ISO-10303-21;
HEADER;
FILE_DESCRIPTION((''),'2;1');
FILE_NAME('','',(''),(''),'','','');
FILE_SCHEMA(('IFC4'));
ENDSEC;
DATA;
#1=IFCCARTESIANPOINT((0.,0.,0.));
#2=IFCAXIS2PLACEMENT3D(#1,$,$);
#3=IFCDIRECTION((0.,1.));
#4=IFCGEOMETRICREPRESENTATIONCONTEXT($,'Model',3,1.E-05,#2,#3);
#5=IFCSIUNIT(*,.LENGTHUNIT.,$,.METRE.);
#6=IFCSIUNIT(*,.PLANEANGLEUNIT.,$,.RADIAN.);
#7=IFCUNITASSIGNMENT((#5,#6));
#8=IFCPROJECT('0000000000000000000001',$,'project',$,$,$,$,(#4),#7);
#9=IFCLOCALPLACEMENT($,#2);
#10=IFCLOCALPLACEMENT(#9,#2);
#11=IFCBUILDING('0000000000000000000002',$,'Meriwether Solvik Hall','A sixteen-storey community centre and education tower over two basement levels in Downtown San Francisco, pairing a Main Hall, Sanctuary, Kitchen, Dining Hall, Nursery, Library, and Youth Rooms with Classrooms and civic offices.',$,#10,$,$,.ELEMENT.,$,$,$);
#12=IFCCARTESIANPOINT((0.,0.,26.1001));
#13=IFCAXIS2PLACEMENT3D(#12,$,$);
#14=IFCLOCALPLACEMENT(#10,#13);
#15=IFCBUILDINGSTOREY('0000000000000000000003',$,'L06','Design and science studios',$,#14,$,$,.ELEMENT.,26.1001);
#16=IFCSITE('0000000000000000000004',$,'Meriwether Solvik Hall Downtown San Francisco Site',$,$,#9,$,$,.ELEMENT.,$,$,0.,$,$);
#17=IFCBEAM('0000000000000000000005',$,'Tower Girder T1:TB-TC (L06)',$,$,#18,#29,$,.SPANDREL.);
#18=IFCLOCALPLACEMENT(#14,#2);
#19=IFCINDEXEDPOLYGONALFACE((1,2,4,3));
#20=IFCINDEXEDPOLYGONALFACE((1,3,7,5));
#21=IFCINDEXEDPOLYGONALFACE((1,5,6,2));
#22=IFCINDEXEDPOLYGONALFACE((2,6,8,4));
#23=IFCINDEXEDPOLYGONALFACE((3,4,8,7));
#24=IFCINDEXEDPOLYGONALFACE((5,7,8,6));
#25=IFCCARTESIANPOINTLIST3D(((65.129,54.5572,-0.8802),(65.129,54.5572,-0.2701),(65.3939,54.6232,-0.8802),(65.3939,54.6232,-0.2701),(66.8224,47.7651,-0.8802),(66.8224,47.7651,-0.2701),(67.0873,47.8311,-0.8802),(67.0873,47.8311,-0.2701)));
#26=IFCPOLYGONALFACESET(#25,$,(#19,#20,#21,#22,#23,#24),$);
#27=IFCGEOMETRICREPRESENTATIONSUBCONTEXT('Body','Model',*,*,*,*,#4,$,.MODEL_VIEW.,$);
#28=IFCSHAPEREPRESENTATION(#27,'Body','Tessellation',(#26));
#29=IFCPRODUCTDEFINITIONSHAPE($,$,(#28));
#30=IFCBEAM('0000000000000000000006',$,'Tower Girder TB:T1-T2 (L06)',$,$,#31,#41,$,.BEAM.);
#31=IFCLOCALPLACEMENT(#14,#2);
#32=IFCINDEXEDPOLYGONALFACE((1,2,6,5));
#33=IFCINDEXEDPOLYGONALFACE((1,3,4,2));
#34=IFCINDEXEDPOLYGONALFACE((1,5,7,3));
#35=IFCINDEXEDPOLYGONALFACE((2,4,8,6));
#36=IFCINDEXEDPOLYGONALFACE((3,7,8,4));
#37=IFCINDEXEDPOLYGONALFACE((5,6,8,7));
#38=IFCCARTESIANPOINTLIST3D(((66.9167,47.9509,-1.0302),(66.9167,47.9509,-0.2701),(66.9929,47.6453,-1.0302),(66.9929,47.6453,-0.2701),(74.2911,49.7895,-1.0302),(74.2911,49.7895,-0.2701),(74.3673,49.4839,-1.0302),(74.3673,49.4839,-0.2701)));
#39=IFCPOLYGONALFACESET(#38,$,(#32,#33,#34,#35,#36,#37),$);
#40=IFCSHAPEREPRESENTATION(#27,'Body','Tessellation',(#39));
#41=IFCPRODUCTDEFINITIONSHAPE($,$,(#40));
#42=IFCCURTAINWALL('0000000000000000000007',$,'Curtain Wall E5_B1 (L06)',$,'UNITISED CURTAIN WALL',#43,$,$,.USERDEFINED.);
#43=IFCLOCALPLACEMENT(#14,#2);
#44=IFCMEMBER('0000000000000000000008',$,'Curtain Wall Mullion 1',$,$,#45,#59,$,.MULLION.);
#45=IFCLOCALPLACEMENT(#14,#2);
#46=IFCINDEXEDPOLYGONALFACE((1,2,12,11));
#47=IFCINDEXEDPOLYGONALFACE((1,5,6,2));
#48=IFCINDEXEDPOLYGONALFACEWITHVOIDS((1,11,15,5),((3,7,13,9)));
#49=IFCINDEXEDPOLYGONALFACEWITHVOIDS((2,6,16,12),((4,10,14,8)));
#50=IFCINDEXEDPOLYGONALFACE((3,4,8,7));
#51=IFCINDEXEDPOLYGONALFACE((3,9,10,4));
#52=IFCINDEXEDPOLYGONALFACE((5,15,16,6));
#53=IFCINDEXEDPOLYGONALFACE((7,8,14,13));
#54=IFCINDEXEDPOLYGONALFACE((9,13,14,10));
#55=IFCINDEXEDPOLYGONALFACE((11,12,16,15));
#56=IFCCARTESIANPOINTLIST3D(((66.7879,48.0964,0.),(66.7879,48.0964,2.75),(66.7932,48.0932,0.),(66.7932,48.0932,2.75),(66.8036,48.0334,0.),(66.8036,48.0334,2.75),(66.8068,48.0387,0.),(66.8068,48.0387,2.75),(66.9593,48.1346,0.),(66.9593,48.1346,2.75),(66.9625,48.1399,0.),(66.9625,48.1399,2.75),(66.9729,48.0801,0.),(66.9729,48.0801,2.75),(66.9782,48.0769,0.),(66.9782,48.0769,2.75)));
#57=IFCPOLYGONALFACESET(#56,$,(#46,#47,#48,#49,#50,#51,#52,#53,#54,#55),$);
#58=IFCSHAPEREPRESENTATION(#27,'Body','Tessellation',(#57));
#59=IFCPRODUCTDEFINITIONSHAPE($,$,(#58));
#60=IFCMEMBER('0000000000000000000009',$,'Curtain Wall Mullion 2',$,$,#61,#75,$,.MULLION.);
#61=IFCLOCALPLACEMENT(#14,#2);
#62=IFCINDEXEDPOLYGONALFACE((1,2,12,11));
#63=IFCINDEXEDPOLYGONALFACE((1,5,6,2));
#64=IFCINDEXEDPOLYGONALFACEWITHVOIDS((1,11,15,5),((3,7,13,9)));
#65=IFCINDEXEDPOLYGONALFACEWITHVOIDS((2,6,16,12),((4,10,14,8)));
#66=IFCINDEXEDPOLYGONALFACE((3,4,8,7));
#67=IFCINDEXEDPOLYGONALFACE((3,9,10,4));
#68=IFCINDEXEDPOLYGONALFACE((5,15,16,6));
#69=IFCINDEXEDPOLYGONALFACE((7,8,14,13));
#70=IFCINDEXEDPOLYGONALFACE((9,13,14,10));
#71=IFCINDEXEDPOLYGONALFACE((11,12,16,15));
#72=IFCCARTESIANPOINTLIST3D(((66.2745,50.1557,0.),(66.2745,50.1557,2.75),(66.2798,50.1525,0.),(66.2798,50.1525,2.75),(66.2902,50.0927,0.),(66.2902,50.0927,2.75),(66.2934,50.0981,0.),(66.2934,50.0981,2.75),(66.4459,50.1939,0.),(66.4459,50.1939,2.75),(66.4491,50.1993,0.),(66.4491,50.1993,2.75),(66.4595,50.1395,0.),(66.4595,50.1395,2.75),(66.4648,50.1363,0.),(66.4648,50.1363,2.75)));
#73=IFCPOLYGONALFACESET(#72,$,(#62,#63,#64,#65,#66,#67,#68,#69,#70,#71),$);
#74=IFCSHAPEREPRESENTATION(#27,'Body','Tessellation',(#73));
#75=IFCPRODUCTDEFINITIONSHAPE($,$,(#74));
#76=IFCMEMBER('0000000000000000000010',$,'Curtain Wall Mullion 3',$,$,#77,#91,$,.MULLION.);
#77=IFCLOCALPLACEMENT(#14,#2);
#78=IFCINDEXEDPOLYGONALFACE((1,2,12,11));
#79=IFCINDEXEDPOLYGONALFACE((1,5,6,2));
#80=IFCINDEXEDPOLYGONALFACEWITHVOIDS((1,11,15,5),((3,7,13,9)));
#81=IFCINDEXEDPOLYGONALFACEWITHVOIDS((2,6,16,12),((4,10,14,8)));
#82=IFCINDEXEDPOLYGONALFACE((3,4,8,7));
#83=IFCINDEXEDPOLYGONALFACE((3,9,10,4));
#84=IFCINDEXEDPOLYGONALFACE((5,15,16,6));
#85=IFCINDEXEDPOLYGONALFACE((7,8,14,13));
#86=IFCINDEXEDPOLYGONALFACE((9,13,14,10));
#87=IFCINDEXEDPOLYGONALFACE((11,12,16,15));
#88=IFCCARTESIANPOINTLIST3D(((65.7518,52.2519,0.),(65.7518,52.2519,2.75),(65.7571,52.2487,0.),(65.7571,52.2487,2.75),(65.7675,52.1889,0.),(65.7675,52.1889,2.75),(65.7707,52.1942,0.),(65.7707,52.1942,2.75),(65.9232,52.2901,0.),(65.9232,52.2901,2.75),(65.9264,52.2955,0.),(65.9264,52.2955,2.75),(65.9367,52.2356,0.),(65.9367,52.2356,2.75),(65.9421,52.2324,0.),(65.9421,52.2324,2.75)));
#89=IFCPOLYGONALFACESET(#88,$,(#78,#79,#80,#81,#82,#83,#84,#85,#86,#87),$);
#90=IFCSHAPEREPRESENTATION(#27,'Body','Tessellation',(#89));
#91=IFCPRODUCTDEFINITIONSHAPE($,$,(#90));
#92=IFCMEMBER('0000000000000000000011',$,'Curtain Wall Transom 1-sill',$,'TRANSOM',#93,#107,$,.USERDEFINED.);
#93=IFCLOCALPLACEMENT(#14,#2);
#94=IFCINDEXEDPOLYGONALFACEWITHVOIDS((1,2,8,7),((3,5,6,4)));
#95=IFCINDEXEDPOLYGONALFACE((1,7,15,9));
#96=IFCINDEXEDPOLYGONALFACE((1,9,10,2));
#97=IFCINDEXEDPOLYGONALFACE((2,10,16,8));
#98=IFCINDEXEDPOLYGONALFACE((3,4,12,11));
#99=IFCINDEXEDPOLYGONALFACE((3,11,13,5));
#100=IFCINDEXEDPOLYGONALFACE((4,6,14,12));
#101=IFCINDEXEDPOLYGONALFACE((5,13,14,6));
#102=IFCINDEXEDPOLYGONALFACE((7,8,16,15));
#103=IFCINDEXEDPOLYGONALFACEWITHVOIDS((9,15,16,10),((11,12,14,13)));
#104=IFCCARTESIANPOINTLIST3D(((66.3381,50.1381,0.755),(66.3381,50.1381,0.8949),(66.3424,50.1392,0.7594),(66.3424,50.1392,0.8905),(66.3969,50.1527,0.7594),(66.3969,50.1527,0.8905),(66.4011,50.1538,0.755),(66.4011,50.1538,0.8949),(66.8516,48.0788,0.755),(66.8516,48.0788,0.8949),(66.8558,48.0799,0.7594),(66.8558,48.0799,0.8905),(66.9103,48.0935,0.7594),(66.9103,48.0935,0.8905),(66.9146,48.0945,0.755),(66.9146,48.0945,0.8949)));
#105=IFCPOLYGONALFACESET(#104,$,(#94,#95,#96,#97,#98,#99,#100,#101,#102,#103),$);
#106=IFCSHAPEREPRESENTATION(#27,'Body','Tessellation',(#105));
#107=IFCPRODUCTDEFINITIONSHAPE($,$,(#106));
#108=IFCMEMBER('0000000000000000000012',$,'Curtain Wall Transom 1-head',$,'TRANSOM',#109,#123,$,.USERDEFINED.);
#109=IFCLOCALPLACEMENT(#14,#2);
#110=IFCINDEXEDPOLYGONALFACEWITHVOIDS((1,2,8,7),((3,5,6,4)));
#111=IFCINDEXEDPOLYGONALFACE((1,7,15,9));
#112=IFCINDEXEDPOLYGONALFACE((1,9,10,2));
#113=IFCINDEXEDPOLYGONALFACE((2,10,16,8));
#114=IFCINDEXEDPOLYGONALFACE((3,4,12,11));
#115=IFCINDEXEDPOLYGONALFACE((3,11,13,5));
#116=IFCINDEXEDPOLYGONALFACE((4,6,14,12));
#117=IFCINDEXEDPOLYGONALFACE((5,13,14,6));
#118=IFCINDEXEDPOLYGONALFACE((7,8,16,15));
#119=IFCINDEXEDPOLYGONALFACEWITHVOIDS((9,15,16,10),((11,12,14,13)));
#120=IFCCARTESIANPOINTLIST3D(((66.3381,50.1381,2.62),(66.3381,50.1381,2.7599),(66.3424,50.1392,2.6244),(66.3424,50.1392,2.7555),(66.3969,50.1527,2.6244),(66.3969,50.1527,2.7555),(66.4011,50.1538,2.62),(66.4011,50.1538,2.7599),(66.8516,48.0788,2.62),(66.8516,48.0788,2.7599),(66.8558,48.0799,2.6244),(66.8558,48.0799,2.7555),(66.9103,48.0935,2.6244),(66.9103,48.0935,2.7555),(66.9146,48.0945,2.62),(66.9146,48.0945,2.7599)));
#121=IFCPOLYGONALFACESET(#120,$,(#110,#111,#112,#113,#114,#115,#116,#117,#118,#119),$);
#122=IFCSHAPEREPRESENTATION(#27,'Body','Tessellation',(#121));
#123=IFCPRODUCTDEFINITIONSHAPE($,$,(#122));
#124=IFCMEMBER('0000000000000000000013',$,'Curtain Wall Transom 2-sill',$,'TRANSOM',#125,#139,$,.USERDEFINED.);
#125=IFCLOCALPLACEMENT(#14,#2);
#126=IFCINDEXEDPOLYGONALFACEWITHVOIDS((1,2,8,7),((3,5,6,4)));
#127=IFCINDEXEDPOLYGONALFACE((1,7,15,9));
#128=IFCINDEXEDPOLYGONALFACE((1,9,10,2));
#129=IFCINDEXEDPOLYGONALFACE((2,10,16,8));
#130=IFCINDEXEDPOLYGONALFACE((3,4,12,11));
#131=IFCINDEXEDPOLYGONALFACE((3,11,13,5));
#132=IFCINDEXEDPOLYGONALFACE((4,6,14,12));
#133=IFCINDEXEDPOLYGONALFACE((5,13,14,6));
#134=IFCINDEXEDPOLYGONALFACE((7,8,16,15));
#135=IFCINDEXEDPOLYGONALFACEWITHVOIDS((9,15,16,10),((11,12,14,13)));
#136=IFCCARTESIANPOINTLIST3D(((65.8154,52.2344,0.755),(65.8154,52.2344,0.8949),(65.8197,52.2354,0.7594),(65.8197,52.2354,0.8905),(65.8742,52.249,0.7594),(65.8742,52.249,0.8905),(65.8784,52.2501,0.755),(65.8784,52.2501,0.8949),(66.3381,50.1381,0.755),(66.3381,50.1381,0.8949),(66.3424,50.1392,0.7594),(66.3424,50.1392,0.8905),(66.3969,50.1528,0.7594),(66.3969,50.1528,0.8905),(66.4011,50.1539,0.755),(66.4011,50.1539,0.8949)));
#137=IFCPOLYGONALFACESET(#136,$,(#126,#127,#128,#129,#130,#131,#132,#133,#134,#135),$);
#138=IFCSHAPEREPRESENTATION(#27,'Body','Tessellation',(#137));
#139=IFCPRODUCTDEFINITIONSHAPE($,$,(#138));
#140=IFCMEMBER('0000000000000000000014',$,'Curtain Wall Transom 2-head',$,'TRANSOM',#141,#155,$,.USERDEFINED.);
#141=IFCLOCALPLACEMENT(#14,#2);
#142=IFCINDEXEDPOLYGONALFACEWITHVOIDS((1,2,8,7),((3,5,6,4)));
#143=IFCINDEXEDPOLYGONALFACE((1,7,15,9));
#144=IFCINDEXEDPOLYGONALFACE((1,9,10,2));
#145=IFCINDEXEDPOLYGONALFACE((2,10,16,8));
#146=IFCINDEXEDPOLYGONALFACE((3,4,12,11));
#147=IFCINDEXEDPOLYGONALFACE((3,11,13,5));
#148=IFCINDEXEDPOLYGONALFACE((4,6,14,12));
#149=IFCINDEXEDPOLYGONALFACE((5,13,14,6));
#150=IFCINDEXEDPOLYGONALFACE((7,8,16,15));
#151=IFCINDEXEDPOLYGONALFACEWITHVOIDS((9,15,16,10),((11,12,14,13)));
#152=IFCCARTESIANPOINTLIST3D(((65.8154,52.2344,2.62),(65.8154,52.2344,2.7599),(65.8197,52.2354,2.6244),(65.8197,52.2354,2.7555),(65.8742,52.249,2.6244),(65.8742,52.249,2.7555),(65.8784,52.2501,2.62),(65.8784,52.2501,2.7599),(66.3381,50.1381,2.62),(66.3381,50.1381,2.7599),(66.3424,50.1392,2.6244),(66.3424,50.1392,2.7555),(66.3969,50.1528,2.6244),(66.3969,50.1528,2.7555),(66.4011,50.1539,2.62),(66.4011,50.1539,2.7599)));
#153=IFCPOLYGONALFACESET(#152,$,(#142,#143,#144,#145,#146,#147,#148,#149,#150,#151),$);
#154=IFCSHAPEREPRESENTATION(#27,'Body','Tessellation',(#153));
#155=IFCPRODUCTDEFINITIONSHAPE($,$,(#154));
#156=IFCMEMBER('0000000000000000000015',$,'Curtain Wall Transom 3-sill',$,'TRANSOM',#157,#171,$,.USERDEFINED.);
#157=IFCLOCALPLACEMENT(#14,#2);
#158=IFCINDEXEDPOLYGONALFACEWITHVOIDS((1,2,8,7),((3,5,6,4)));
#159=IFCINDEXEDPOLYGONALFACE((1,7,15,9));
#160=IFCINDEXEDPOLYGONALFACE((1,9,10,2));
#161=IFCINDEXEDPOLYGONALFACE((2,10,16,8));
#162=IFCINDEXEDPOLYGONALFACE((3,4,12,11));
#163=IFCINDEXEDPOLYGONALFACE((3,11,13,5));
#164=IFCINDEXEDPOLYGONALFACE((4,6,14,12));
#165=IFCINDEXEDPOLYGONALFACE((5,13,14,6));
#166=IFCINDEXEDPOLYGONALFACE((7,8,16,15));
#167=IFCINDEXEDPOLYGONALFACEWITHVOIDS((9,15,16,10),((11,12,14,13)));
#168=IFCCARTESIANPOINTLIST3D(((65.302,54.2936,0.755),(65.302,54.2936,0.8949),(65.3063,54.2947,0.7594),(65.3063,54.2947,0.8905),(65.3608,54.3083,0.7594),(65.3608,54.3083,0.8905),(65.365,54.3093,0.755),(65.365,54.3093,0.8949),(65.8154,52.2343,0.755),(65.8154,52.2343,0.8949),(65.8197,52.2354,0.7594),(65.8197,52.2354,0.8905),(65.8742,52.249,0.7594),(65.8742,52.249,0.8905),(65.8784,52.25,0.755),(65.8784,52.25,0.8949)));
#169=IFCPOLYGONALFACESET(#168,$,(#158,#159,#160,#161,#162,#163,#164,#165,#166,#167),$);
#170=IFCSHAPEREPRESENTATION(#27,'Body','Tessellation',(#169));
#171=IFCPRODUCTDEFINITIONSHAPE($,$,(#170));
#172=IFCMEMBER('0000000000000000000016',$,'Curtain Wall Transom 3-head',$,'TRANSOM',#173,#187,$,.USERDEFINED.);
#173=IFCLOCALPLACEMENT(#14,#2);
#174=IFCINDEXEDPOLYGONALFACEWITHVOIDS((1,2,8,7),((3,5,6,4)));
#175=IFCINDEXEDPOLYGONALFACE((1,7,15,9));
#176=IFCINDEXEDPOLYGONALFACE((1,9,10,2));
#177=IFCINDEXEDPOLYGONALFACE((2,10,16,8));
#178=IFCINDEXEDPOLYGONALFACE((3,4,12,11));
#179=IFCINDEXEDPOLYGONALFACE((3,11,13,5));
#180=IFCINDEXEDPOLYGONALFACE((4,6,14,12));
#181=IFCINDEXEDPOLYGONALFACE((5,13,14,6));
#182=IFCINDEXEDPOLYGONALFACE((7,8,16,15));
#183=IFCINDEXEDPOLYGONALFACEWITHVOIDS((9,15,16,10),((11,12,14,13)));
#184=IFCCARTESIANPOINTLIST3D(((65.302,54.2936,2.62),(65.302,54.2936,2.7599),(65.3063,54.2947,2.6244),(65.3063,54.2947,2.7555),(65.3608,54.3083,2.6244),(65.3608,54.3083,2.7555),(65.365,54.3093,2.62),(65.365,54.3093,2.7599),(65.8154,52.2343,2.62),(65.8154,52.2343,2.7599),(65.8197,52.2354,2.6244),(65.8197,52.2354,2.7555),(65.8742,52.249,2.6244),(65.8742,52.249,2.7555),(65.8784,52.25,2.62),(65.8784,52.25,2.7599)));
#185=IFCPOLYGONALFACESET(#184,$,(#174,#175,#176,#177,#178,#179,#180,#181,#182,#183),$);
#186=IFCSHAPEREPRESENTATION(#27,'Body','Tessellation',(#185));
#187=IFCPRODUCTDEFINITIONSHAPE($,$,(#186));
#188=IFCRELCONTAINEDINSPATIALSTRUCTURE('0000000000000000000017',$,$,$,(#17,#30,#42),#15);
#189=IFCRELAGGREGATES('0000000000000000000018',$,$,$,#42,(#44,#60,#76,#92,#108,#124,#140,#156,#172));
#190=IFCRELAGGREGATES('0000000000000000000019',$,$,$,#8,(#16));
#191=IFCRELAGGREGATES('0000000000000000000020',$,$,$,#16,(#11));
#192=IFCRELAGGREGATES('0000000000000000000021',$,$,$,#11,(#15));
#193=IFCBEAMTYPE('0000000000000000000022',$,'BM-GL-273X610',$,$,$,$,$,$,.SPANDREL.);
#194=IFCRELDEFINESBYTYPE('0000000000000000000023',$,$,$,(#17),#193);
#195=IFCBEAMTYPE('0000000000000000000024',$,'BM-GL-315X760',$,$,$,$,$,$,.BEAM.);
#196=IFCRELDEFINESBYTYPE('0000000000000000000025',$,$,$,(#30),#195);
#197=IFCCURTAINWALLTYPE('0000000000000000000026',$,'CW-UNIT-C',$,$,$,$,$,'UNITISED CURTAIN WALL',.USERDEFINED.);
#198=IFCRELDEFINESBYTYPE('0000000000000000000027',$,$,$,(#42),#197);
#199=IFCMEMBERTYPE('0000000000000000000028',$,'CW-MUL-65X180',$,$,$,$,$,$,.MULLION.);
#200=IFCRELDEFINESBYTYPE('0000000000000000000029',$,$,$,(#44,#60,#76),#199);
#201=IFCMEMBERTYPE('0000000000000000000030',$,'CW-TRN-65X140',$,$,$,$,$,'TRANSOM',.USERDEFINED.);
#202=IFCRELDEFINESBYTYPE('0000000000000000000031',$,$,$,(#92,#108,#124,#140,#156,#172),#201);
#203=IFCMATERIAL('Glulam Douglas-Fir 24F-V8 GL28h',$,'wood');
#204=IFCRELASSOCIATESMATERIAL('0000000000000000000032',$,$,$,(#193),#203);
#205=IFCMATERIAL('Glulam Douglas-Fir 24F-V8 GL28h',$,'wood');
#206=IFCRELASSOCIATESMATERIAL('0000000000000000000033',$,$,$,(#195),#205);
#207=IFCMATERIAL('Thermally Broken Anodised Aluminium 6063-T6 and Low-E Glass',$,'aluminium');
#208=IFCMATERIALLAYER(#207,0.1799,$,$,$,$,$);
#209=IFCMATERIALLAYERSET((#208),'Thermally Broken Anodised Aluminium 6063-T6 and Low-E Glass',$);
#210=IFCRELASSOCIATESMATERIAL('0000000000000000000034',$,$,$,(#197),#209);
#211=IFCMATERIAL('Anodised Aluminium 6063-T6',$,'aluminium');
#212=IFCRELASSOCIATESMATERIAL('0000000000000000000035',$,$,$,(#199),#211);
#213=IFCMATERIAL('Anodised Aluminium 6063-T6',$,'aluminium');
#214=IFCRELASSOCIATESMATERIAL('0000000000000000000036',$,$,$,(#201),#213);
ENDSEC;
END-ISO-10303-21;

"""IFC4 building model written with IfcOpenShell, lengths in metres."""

from ifc_helpers import new_model, si_unit, direction, frame, origin, origin_2d, place, context, subcontext, project, spatial, rectangle, hollow_rectangle, extrude, material, layer, layer_set, material_profile, profile_set, type_object, element, aggregate, save


model = new_model("IFC4")

# Units and contexts
model_context = context("Model", 3, precision=1e-05, world=origin(), true_north=direction((0.0, 1.0)))
body_context = subcontext(model_context, "Body", "Model", "MODEL_VIEW")
ifc_project = project(units=[si_unit("LENGTHUNIT", "METRE"), si_unit("PLANEANGLEUNIT", "RADIAN")], contexts=[model_context])

# Site, building, storey
site_placement = place(None, origin())
site = spatial("IfcSite", under=ifc_project, at=site_placement, Name="Meriwether Solvik Hall Downtown San Francisco Site", CompositionType="ELEMENT", RefElevation=0.0)
building_placement = place(site_placement, origin())
building = spatial("IfcBuilding", under=site, at=building_placement, Name="Meriwether Solvik Hall", Description="A sixteen-storey community centre and education tower over two basement levels in Downtown San Francisco, pairing a Main Hall, Sanctuary, Kitchen, Dining Hall, Nursery, Library, and Youth Rooms with Classrooms and civic offices.", CompositionType="ELEMENT")
storey_placement = place(building_placement, frame((0.0, 0.0, 26.1001)))
storey = spatial("IfcBuildingStorey", under=building, at=storey_placement, Name="L06", Description="Design and science studios", CompositionType="ELEMENT", Elevation=26.1001)

# Beams
ifc_material_1 = material(Name="Glulam Douglas-Fir 24F-V8 GL28h", Category="wood")
ifc_material_profile_1 = material_profile(ifc_material_1, rectangle(XDim=0.2729, YDim=0.6101, at=origin_2d()), Name="GLB-273X610")
ifc_profile_set_1 = profile_set([ifc_material_profile_1], Name="Glulam Douglas-Fir 24F-V8 GL28h")
beam_type_1 = type_object("IfcBeamType", Name="BM-GL-273X610", PredefinedType="SPANDREL", material=ifc_profile_set_1)
beam_1_placement = place(storey_placement, frame((66.9548, 47.7981, -0.5752), z_axis=(-0.241912, 0.970298, 0.0), x_axis=(-0.970298, -0.241912, 0.0)))
element("IfcBeam", 1, at=beam_1_placement, inside=storey, type_object=beam_type_1, Name="Tower Girder T1:TB-TC (L06)", PredefinedType="SPANDREL", context=body_context, shape_type="SweptSolid", body=[
    extrude(rectangle(XDim=0.2729, YDim=0.6101, at=origin_2d()), origin(), (0.0, 0.0, 1.0), 7.0),
])
ifc_material_2 = material(Name="Glulam Douglas-Fir 24F-V8 GL28h", Category="wood")
ifc_material_profile_2 = material_profile(ifc_material_2, rectangle(XDim=0.3149, YDim=0.76, at=origin_2d()), Name="GLB-315X760")
ifc_profile_set_2 = profile_set([ifc_material_profile_2], Name="Glulam Douglas-Fir 24F-V8 GL28h")
beam_type_2 = type_object("IfcBeamType", Name="BM-GL-315X760", PredefinedType="BEAM", material=ifc_profile_set_2)
beam_2_placement = place(storey_placement, frame((66.9548, 47.7981, -0.6501), z_axis=(0.970295, 0.241923, 0.0), x_axis=(-0.241923, 0.970295, 0.0)))
element("IfcBeam", 2, at=beam_2_placement, inside=storey, type_object=beam_type_2, Name="Tower Girder TB:T1-T2 (L06)", PredefinedType="BEAM", context=body_context, shape_type="SweptSolid", body=[
    extrude(rectangle(XDim=0.3149, YDim=0.76, at=origin_2d()), origin(), (0.0, 0.0, 1.0), 7.6001),
])

# Curtain wall, members
ifc_material_3 = material(Name="Thermally Broken Anodised Aluminium 6063-T6 and Low-E Glass", Category="aluminium")
ifc_layer_1 = layer(ifc_material_3, 0.1799)
ifc_layer_set_1 = layer_set([ifc_layer_1], Name="Thermally Broken Anodised Aluminium 6063-T6 and Low-E Glass")
curtain_wall_type = type_object("IfcCurtainWallType", Name="CW-UNIT-C", ElementType="UNITISED CURTAIN WALL", PredefinedType="USERDEFINED", material=ifc_layer_set_1)
curtain_wall_placement = place(storey_placement, origin())
curtain_wall = element("IfcCurtainWall", 3, at=curtain_wall_placement, inside=storey, type_object=curtain_wall_type, Name="Curtain Wall E5_B1 (L06)", ObjectType="UNITISED CURTAIN WALL", PredefinedType="USERDEFINED")
ifc_material_4 = material(Name="Anodised Aluminium 6063-T6", Category="aluminium")
ifc_material_profile_3 = material_profile(ifc_material_4, hollow_rectangle(XDim=0.0649, YDim=0.1799, WallThickness=0.0044, at=origin_2d()), Name="CWM-65X180")
ifc_profile_set_3 = profile_set([ifc_material_profile_3], Name="Anodised Aluminium 6063-T6")
member_type_1 = type_object("IfcMemberType", Name="CW-MUL-65X180", PredefinedType="MULLION", material=ifc_profile_set_3)
member_1_placement = place(storey_placement, frame((66.8831, 48.0867, 0.0), z_axis=(0.0, 0.0, 1.0), x_axis=(-0.241922, 0.970296, 0.0)))
member_1 = element("IfcMember", 4, at=member_1_placement, type_object=member_type_1, Name="Curtain Wall Mullion 1", PredefinedType="MULLION", context=body_context, shape_type="SweptSolid", body=[
    extrude(hollow_rectangle(XDim=0.0649, YDim=0.1799, WallThickness=0.0044, at=origin_2d()), origin(), (0.0, 0.0, 1.0), 2.75),
])
member_2_placement = place(storey_placement, frame((66.3696, 50.146, 0.0), z_axis=(0.0, 0.0, 1.0), x_axis=(-0.241922, 0.970296, 0.0)))
member_2 = element("IfcMember", 5, at=member_2_placement, type_object=member_type_1, Name="Curtain Wall Mullion 2", PredefinedType="MULLION", context=body_context, shape_type="SweptSolid", body=[
    extrude(hollow_rectangle(XDim=0.0649, YDim=0.1799, WallThickness=0.0044, at=origin_2d()), origin(), (0.0, 0.0, 1.0), 2.75),
])
member_3_placement = place(storey_placement, frame((65.8469, 52.2422, 0.0), z_axis=(0.0, 0.0, 1.0), x_axis=(-0.241922, 0.970296, 0.0)))
member_3 = element("IfcMember", 6, at=member_3_placement, type_object=member_type_1, Name="Curtain Wall Mullion 3", PredefinedType="MULLION", context=body_context, shape_type="SweptSolid", body=[
    extrude(hollow_rectangle(XDim=0.0649, YDim=0.1799, WallThickness=0.0044, at=origin_2d()), origin(), (0.0, 0.0, 1.0), 2.75),
])
ifc_material_5 = material(Name="Anodised Aluminium 6063-T6", Category="aluminium")
ifc_material_profile_4 = material_profile(ifc_material_5, hollow_rectangle(XDim=0.0649, YDim=0.1399, WallThickness=0.0044, at=origin_2d()), Name="CWT-65X140")
ifc_profile_set_4 = profile_set([ifc_material_profile_4], Name="Anodised Aluminium 6063-T6")
member_type_2 = type_object("IfcMemberType", Name="CW-TRN-65X140", ElementType="TRANSOM", PredefinedType="USERDEFINED", material=ifc_profile_set_4)
member_4_placement = place(storey_placement, frame((66.8831, 48.0867, 0.825), z_axis=(-0.241913, 0.970298, 0.0), x_axis=(-0.970298, -0.241913, 0.0)))
member_4 = element("IfcMember", 7, at=member_4_placement, type_object=member_type_2, Name="Curtain Wall Transom 1-sill", ObjectType="TRANSOM", PredefinedType="USERDEFINED", context=body_context, shape_type="SweptSolid", body=[
    extrude(hollow_rectangle(XDim=0.0649, YDim=0.1399, WallThickness=0.0044, at=origin_2d()), origin(), (0.0, 0.0, 1.0), 2.1223),
])
member_5_placement = place(storey_placement, frame((66.8831, 48.0867, 2.6899), z_axis=(-0.241913, 0.970298, 0.0), x_axis=(-0.970298, -0.241913, 0.0)))
member_5 = element("IfcMember", 8, at=member_5_placement, type_object=member_type_2, Name="Curtain Wall Transom 1-head", ObjectType="TRANSOM", PredefinedType="USERDEFINED", context=body_context, shape_type="SweptSolid", body=[
    extrude(hollow_rectangle(XDim=0.0649, YDim=0.1399, WallThickness=0.0044, at=origin_2d()), origin(), (0.0, 0.0, 1.0), 2.1223),
])
member_6_placement = place(storey_placement, frame((66.3696, 50.146, 0.825), z_axis=(-0.241951, 0.970289, 0.0), x_axis=(-0.970289, -0.241951, 0.0)))
member_6 = element("IfcMember", 9, at=member_6_placement, type_object=member_type_2, Name="Curtain Wall Transom 2-sill", ObjectType="TRANSOM", PredefinedType="USERDEFINED", context=body_context, shape_type="SweptSolid", body=[
    extrude(hollow_rectangle(XDim=0.0649, YDim=0.1399, WallThickness=0.0044, at=origin_2d()), origin(), (0.0, 0.0, 1.0), 2.1604),
])
member_7_placement = place(storey_placement, frame((66.3696, 50.146, 2.6899), z_axis=(-0.241951, 0.970289, 0.0), x_axis=(-0.970289, -0.241951, 0.0)))
member_7 = element("IfcMember", 10, at=member_7_placement, type_object=member_type_2, Name="Curtain Wall Transom 2-head", ObjectType="TRANSOM", PredefinedType="USERDEFINED", context=body_context, shape_type="SweptSolid", body=[
    extrude(hollow_rectangle(XDim=0.0649, YDim=0.1399, WallThickness=0.0044, at=origin_2d()), origin(), (0.0, 0.0, 1.0), 2.1604),
])
member_8_placement = place(storey_placement, frame((65.8469, 52.2422, 0.825), z_axis=(-0.241913, 0.970298, 0.0), x_axis=(-0.970298, -0.241913, 0.0)))
member_8 = element("IfcMember", 11, at=member_8_placement, type_object=member_type_2, Name="Curtain Wall Transom 3-sill", ObjectType="TRANSOM", PredefinedType="USERDEFINED", context=body_context, shape_type="SweptSolid", body=[
    extrude(hollow_rectangle(XDim=0.0649, YDim=0.1399, WallThickness=0.0044, at=origin_2d()), origin(), (0.0, 0.0, 1.0), 2.1223),
])
member_9_placement = place(storey_placement, frame((65.8469, 52.2422, 2.6899), z_axis=(-0.241913, 0.970298, 0.0), x_axis=(-0.970298, -0.241913, 0.0)))
member_9 = element("IfcMember", 12, at=member_9_placement, type_object=member_type_2, Name="Curtain Wall Transom 3-head", ObjectType="TRANSOM", PredefinedType="USERDEFINED", context=body_context, shape_type="SweptSolid", body=[
    extrude(hollow_rectangle(XDim=0.0649, YDim=0.1399, WallThickness=0.0044, at=origin_2d()), origin(), (0.0, 0.0, 1.0), 2.1223),
])

aggregate(curtain_wall, [member_1, member_2, member_3, member_4, member_5, member_6, member_7, member_8, member_9])

save(model, "model.ifc")
